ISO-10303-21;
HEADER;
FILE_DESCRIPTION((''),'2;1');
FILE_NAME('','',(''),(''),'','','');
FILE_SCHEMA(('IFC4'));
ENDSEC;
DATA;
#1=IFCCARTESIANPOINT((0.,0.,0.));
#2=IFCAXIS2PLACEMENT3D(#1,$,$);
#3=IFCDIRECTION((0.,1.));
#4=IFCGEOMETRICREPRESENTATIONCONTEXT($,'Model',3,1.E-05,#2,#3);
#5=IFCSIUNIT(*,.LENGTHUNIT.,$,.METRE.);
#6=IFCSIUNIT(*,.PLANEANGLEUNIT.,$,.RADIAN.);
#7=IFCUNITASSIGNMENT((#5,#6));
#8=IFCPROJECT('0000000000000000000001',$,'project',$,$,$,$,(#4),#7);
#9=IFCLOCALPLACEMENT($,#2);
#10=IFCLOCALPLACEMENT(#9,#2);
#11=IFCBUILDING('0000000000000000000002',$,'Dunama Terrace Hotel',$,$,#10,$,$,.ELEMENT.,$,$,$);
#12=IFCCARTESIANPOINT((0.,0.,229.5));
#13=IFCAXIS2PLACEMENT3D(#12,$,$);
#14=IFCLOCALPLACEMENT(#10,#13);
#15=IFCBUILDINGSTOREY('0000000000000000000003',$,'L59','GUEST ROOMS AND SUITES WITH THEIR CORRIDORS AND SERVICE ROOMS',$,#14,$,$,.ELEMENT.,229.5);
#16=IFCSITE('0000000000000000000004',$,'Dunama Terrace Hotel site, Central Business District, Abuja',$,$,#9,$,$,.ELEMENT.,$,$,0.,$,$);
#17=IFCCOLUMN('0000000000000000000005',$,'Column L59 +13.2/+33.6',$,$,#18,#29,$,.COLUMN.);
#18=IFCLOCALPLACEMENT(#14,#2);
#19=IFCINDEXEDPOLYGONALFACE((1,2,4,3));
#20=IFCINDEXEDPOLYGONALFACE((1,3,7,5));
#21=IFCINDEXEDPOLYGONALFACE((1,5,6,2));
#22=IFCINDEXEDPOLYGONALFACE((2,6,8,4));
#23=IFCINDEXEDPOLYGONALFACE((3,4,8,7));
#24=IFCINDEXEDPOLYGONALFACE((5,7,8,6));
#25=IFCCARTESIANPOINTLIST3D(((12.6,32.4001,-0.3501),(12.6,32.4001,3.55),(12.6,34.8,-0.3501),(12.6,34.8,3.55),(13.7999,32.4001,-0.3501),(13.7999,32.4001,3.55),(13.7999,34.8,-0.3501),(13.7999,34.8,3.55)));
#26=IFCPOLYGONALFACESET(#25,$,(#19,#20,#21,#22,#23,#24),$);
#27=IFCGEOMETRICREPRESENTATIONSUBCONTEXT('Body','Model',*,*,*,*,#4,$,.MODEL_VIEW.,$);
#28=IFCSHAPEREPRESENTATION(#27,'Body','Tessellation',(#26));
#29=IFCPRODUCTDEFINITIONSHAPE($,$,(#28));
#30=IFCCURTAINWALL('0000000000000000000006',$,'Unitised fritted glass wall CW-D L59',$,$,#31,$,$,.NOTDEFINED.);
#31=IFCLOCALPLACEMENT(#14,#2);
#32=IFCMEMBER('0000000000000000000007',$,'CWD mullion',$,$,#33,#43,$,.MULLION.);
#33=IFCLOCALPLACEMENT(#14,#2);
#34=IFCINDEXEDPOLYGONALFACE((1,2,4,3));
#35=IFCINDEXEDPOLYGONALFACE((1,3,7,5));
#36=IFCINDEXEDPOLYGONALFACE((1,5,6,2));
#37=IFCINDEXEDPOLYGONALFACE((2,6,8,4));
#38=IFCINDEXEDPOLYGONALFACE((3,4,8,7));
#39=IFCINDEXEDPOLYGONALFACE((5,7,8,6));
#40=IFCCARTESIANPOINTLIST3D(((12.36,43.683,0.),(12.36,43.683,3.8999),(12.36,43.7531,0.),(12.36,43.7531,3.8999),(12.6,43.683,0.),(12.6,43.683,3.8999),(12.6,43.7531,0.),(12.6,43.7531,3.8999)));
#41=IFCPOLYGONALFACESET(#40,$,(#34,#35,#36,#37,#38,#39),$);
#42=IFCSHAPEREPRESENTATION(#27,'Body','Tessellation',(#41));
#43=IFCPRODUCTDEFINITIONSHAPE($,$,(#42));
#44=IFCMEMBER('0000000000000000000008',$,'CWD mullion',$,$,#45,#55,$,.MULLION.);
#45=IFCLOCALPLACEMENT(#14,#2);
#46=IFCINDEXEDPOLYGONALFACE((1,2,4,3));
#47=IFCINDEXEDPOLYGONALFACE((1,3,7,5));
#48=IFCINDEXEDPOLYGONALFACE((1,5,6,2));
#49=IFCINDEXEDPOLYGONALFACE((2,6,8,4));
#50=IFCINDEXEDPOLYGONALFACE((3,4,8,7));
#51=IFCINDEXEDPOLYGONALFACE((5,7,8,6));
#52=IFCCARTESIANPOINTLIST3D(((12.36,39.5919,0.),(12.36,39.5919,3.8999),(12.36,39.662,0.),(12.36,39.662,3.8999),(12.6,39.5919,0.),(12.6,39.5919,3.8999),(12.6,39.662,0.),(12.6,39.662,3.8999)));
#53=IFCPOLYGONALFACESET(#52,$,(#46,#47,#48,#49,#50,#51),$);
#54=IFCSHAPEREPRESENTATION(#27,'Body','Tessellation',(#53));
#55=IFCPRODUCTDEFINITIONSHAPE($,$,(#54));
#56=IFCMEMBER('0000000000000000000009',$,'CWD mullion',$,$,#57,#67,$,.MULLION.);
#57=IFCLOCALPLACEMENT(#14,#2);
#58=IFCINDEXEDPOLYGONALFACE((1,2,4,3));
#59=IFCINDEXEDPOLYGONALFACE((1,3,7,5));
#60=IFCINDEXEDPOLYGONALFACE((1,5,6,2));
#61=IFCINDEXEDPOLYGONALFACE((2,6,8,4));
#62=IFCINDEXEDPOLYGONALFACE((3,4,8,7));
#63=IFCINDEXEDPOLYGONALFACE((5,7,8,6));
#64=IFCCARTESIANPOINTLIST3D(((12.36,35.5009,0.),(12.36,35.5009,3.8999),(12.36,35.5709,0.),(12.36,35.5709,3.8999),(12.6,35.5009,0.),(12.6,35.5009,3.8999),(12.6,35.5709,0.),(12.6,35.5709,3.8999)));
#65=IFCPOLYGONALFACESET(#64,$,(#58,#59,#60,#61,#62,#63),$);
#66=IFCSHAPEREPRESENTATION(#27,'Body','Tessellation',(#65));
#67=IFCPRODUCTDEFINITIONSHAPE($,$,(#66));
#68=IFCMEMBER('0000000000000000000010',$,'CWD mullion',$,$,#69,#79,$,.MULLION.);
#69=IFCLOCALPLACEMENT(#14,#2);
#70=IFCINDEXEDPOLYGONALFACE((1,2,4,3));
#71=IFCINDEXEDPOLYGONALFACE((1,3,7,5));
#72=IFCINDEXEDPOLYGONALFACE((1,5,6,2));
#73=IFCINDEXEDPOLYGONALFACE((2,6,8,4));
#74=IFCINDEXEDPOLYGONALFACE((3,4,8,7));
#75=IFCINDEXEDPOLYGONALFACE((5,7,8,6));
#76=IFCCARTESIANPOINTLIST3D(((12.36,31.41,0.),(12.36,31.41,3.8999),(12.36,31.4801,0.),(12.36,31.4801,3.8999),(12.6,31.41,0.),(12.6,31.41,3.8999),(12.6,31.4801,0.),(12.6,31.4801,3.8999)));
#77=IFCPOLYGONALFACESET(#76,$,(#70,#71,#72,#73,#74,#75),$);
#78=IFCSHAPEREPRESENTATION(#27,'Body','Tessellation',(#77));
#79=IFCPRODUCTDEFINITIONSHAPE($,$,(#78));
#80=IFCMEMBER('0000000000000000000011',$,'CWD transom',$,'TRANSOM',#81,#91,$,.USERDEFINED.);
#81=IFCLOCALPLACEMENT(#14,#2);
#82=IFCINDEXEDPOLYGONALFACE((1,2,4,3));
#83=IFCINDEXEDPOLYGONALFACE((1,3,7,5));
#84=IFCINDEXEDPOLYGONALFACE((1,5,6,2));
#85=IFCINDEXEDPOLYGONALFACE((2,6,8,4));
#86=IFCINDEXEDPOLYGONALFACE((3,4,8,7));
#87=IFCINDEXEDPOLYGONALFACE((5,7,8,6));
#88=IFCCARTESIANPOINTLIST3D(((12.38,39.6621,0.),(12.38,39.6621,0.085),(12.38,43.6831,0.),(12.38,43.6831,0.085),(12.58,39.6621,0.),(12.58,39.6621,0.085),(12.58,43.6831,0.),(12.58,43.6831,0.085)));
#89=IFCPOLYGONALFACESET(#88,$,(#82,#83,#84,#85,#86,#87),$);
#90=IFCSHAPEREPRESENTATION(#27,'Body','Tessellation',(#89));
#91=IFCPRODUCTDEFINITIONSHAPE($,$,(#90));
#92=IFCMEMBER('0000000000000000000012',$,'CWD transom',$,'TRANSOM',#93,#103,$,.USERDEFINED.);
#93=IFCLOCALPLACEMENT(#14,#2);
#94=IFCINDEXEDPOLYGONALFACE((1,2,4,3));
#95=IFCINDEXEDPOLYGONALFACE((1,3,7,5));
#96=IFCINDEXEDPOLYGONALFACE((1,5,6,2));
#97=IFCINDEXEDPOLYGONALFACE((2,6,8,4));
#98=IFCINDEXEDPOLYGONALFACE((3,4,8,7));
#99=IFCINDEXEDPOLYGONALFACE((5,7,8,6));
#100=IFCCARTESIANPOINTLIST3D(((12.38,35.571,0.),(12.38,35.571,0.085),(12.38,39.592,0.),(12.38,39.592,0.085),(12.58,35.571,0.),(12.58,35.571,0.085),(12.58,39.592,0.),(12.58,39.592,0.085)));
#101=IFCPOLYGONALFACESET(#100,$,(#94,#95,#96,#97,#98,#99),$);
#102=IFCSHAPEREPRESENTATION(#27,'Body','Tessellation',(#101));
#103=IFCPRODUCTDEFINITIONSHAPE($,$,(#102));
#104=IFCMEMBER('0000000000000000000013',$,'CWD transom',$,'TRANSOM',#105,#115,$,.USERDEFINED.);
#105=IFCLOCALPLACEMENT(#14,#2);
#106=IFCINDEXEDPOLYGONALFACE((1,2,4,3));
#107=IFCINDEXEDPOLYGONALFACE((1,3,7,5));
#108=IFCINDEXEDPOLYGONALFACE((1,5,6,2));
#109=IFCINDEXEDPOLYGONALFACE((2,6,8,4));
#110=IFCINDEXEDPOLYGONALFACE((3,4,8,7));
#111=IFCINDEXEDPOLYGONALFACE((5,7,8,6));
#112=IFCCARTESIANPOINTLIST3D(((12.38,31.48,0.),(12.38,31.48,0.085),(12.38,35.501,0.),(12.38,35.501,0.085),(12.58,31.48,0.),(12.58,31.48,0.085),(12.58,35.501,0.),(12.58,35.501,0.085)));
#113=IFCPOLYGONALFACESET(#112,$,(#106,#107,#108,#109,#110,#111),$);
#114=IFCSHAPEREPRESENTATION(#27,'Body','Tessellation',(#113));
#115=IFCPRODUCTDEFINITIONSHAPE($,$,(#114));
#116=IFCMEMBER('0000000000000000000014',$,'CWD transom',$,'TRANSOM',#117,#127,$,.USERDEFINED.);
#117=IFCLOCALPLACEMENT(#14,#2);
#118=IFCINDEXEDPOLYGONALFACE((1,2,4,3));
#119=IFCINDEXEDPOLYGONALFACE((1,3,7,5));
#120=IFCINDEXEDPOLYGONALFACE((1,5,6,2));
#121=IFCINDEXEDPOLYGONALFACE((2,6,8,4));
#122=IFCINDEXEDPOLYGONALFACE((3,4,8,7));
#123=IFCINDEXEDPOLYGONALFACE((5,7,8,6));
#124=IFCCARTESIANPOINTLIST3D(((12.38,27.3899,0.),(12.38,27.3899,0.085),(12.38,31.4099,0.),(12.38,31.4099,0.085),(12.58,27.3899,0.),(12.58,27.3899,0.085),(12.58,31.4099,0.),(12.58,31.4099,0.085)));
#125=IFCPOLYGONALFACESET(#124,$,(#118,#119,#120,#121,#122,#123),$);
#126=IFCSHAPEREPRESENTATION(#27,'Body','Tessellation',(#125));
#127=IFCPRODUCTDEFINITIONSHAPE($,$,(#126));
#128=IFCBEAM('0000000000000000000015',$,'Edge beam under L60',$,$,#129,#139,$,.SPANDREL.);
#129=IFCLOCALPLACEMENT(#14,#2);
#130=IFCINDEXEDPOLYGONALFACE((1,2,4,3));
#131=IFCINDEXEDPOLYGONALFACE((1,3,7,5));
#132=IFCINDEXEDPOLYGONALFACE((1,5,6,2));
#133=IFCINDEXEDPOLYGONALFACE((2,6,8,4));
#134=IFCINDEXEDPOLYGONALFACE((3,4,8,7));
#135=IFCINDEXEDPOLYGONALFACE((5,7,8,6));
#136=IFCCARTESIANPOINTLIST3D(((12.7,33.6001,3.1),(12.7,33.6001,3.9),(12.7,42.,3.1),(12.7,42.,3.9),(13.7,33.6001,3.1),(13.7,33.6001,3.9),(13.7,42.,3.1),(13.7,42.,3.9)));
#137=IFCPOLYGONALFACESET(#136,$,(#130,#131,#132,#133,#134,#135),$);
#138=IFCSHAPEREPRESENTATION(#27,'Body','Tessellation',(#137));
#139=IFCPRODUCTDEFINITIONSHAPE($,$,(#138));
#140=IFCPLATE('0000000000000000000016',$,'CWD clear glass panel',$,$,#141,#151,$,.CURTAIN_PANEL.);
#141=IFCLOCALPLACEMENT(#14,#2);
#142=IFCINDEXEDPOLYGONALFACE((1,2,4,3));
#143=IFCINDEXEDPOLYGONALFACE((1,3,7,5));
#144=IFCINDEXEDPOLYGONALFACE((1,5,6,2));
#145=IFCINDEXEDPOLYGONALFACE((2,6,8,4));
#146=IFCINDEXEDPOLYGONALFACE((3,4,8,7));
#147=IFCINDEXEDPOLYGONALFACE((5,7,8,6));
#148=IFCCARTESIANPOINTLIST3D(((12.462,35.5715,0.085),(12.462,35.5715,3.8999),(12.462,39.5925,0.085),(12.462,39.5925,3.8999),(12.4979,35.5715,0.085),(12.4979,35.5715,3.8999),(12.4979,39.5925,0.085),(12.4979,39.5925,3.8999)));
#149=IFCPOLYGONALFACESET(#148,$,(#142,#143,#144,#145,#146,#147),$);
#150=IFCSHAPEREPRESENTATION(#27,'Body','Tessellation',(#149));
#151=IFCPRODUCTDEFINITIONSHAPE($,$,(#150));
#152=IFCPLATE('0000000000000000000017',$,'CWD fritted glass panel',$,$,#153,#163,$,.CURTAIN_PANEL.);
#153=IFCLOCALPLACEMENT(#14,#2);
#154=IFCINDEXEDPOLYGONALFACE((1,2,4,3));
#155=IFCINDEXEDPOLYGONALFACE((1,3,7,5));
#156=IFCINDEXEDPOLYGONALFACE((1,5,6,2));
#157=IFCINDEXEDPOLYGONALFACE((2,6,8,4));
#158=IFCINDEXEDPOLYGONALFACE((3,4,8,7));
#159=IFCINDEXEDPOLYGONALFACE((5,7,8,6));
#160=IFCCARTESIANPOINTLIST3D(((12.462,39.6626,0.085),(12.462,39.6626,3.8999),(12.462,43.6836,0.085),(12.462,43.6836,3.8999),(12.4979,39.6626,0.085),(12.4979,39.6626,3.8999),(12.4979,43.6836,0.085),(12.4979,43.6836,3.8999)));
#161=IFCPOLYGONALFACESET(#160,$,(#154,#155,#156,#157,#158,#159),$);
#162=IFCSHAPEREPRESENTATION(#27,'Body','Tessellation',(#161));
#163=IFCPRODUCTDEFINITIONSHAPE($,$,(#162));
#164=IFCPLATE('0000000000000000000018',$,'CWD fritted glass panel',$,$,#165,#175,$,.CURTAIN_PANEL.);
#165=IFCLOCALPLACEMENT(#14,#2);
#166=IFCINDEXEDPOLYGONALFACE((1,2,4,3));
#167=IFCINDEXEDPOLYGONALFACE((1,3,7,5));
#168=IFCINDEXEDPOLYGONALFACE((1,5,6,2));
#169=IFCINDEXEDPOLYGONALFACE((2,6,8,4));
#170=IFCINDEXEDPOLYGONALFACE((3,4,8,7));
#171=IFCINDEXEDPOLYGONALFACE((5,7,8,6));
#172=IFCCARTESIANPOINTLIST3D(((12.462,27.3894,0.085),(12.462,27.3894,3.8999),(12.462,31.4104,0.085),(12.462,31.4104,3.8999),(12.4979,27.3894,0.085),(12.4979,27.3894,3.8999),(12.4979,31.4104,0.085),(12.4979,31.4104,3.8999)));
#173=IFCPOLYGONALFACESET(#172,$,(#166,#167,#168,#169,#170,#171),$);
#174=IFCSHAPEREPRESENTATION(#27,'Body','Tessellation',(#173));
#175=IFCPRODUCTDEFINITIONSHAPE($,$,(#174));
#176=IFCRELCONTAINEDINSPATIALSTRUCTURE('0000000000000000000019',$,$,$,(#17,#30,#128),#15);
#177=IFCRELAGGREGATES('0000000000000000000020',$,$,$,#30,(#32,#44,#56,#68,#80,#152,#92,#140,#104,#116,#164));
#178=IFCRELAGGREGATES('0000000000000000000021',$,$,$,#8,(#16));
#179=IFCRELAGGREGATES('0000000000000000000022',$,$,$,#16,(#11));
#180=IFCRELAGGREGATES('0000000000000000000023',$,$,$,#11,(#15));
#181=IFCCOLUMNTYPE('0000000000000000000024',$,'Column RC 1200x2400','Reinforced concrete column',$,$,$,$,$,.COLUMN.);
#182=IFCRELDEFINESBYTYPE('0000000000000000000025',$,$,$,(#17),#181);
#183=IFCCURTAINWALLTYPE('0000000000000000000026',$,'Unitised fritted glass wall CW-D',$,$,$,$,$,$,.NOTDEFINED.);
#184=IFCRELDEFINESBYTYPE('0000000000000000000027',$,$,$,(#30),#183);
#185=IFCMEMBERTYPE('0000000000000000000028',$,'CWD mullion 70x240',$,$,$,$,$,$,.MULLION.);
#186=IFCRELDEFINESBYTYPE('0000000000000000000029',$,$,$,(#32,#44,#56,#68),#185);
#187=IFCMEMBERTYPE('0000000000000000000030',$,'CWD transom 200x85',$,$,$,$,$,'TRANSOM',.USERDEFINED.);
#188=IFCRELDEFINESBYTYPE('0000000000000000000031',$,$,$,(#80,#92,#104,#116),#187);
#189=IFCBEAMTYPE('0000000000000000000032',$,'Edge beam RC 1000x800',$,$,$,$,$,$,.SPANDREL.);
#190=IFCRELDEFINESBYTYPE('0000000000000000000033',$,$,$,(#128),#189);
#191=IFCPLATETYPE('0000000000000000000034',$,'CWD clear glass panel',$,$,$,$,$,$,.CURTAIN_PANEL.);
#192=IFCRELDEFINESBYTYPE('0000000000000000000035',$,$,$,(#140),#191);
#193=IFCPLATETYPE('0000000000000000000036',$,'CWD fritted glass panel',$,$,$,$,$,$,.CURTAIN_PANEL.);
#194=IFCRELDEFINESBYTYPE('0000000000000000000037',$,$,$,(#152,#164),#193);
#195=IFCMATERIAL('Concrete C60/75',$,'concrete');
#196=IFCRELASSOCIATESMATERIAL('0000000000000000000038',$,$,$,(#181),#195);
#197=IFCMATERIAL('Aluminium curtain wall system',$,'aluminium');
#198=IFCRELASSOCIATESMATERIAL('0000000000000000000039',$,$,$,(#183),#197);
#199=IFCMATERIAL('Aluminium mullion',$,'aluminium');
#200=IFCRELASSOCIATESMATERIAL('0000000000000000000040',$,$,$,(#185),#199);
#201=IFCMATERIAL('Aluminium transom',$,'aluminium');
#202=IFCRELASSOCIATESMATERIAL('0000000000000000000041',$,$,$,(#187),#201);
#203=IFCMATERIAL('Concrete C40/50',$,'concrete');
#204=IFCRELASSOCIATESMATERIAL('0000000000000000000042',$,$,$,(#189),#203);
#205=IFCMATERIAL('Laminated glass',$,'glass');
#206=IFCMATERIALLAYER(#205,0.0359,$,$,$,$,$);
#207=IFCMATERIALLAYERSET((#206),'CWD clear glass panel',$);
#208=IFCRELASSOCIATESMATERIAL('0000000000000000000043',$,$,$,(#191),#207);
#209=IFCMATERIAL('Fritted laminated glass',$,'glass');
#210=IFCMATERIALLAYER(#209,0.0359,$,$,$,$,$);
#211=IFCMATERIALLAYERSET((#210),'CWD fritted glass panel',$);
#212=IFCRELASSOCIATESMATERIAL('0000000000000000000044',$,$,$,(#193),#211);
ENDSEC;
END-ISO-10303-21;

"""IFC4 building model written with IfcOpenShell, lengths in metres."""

from ifc_helpers import new_model, si_unit, direction, frame, origin, origin_2d, place, context, subcontext, project, spatial, rectangle, extrude, material, layer, layer_set, material_profile, profile_set, type_object, element, aggregate, save


model = new_model("IFC4")

# Units and contexts
model_context = context("Model", 3, precision=1e-05, world=origin(), true_north=direction((0.0, 1.0)))
body_context = subcontext(model_context, "Body", "Model", "MODEL_VIEW")
ifc_project = project(units=[si_unit("LENGTHUNIT", "METRE"), si_unit("PLANEANGLEUNIT", "RADIAN")], contexts=[model_context])

# Site, building, storey
site_placement = place(None, origin())
site = spatial("IfcSite", under=ifc_project, at=site_placement, Name="Dunama Terrace Hotel site, Central Business District, Abuja", CompositionType="ELEMENT", RefElevation=0.0)
building_placement = place(site_placement, origin())
building = spatial("IfcBuilding", under=site, at=building_placement, Name="Dunama Terrace Hotel", CompositionType="ELEMENT")
storey_placement = place(building_placement, frame((0.0, 0.0, 229.5)))
storey = spatial("IfcBuildingStorey", under=building, at=storey_placement, Name="L59", Description="GUEST ROOMS AND SUITES WITH THEIR CORRIDORS AND SERVICE ROOMS", CompositionType="ELEMENT", Elevation=229.5)

# Column
ifc_material_1 = material(Name="Concrete C60/75", Category="concrete")
ifc_material_profile_1 = material_profile(ifc_material_1, rectangle(XDim=1.2, YDim=2.3999, at=origin_2d()), Name="RC 1200x2400")
ifc_profile_set_1 = profile_set([ifc_material_profile_1], Name="Concrete C60/75")
column_type = type_object("IfcColumnType", Name="Column RC 1200x2400", Description="Reinforced concrete column", PredefinedType="COLUMN", material=ifc_profile_set_1)
column_placement = place(storey_placement, frame((13.2, 33.6001, -0.3501), z_axis=(0.0, 0.0, 1.0), x_axis=(1.0, 0.0, 0.0)))
element("IfcColumn", 1, at=column_placement, inside=storey, type_object=column_type, Name="Column L59 +13.2/+33.6", PredefinedType="COLUMN", context=body_context, shape_type="SweptSolid", body=[
    extrude(rectangle(XDim=1.2, YDim=2.3999, at=origin_2d()), origin(), (0.0, 0.0, 1.0), 3.9001),
])

# Curtain wall, members
ifc_material_2 = material(Name="Aluminium curtain wall system", Category="aluminium")
curtain_wall_type = type_object("IfcCurtainWallType", Name="Unitised fritted glass wall CW-D", PredefinedType="NOTDEFINED", material=ifc_material_2)
curtain_wall_placement = place(storey_placement, origin())
curtain_wall = element("IfcCurtainWall", 2, at=curtain_wall_placement, inside=storey, type_object=curtain_wall_type, Name="Unitised fritted glass wall CW-D L59", PredefinedType="NOTDEFINED")
ifc_material_3 = material(Name="Aluminium mullion", Category="aluminium")
ifc_material_profile_2 = material_profile(ifc_material_3, rectangle(XDim=0.0701, YDim=0.24, at=origin_2d()), Name="CWD MULLION 70X240")
ifc_profile_set_2 = profile_set([ifc_material_profile_2], Name="Aluminium mullion")
member_type_1 = type_object("IfcMemberType", Name="CWD mullion 70x240", PredefinedType="MULLION", material=ifc_profile_set_2)
member_1_placement = place(storey_placement, frame((12.48, 43.718, 0.0), z_axis=(0.0, 0.0, 1.0), x_axis=(0.0, -1.0, 0.0)))
member_1 = element("IfcMember", 3, at=member_1_placement, type_object=member_type_1, Name="CWD mullion", PredefinedType="MULLION", context=body_context, shape_type="SweptSolid", body=[
    extrude(rectangle(XDim=0.0701, YDim=0.24, at=origin_2d()), origin(), (0.0, 0.0, 1.0), 3.8999),
])
member_2_placement = place(storey_placement, frame((12.48, 39.627, 0.0), z_axis=(0.0, 0.0, 1.0), x_axis=(0.0, -1.0, 0.0)))
member_2 = element("IfcMember", 4, at=member_2_placement, type_object=member_type_1, Name="CWD mullion", PredefinedType="MULLION", context=body_context, shape_type="SweptSolid", body=[
    extrude(rectangle(XDim=0.0701, YDim=0.24, at=origin_2d()), origin(), (0.0, 0.0, 1.0), 3.8999),
])
member_3_placement = place(storey_placement, frame((12.48, 35.5359, 0.0), z_axis=(0.0, 0.0, 1.0), x_axis=(0.0, -1.0, 0.0)))
member_3 = element("IfcMember", 5, at=member_3_placement, type_object=member_type_1, Name="CWD mullion", PredefinedType="MULLION", context=body_context, shape_type="SweptSolid", body=[
    extrude(rectangle(XDim=0.0701, YDim=0.24, at=origin_2d()), origin(), (0.0, 0.0, 1.0), 3.8999),
])
member_4_placement = place(storey_placement, frame((12.48, 31.4451, 0.0), z_axis=(0.0, 0.0, 1.0), x_axis=(0.0, -1.0, 0.0)))
member_4 = element("IfcMember", 6, at=member_4_placement, type_object=member_type_1, Name="CWD mullion", PredefinedType="MULLION", context=body_context, shape_type="SweptSolid", body=[
    extrude(rectangle(XDim=0.0701, YDim=0.24, at=origin_2d()), origin(), (0.0, 0.0, 1.0), 3.8999),
])
ifc_material_4 = material(Name="Aluminium transom", Category="aluminium")
ifc_material_profile_3 = material_profile(ifc_material_4, rectangle(XDim=0.2, YDim=0.085, at=origin_2d()), Name="CWD TRANSOM 200X85")
ifc_profile_set_3 = profile_set([ifc_material_profile_3], Name="Aluminium transom")
member_type_2 = type_object("IfcMemberType", Name="CWD transom 200x85", ElementType="TRANSOM", PredefinedType="USERDEFINED", material=ifc_profile_set_3)
member_5_placement = place(storey_placement, frame((12.48, 43.6831, 0.0425), z_axis=(0.0, -1.0, 0.0), x_axis=(1.0, 0.0, 0.0)))
member_5 = element("IfcMember", 7, at=member_5_placement, type_object=member_type_2, Name="CWD transom", ObjectType="TRANSOM", PredefinedType="USERDEFINED", context=body_context, shape_type="SweptSolid", body=[
    extrude(rectangle(XDim=0.2, YDim=0.085, at=origin_2d()), origin(), (0.0, 0.0, 1.0), 4.021),
])
member_6_placement = place(storey_placement, frame((12.48, 39.592, 0.0425), z_axis=(0.0, -1.0, 0.0), x_axis=(1.0, 0.0, 0.0)))
member_6 = element("IfcMember", 8, at=member_6_placement, type_object=member_type_2, Name="CWD transom", ObjectType="TRANSOM", PredefinedType="USERDEFINED", context=body_context, shape_type="SweptSolid", body=[
    extrude(rectangle(XDim=0.2, YDim=0.085, at=origin_2d()), origin(), (0.0, 0.0, 1.0), 4.021),
])
member_7_placement = place(storey_placement, frame((12.48, 35.501, 0.0425), z_axis=(0.0, -1.0, 0.0), x_axis=(1.0, 0.0, 0.0)))
member_7 = element("IfcMember", 9, at=member_7_placement, type_object=member_type_2, Name="CWD transom", ObjectType="TRANSOM", PredefinedType="USERDEFINED", context=body_context, shape_type="SweptSolid", body=[
    extrude(rectangle(XDim=0.2, YDim=0.085, at=origin_2d()), origin(), (0.0, 0.0, 1.0), 4.021),
])
member_8_placement = place(storey_placement, frame((12.48, 31.4099, 0.0425), z_axis=(0.0, -1.0, 0.0), x_axis=(1.0, 0.0, 0.0)))
member_8 = element("IfcMember", 10, at=member_8_placement, type_object=member_type_2, Name="CWD transom", ObjectType="TRANSOM", PredefinedType="USERDEFINED", context=body_context, shape_type="SweptSolid", body=[
    extrude(rectangle(XDim=0.2, YDim=0.085, at=origin_2d()), origin(), (0.0, 0.0, 1.0), 4.02),
])

# Beam
ifc_material_5 = material(Name="Concrete C40/50", Category="concrete")
ifc_material_profile_4 = material_profile(ifc_material_5, rectangle(XDim=1.0, YDim=0.8, at=origin_2d()), Name="RC 1000x800")
ifc_profile_set_4 = profile_set([ifc_material_profile_4], Name="Concrete C40/50")
beam_type = type_object("IfcBeamType", Name="Edge beam RC 1000x800", PredefinedType="SPANDREL", material=ifc_profile_set_4)
beam_placement = place(storey_placement, frame((13.2, 33.6001, 3.5), z_axis=(0.0, 1.0, 0.0), x_axis=(-1.0, 0.0, 0.0)))
element("IfcBeam", 11, at=beam_placement, inside=storey, type_object=beam_type, Name="Edge beam under L60", PredefinedType="SPANDREL", context=body_context, shape_type="SweptSolid", body=[
    extrude(rectangle(XDim=1.0, YDim=0.8, at=origin_2d()), origin(), (0.0, 0.0, 1.0), 8.3999),
])

# Plates
ifc_material_6 = material(Name="Laminated glass", Category="glass")
ifc_layer_1 = layer(ifc_material_6, 0.0359)
ifc_layer_set_1 = layer_set([ifc_layer_1], Name="CWD clear glass panel")
plate_type_1 = type_object("IfcPlateType", Name="CWD clear glass panel", PredefinedType="CURTAIN_PANEL", material=ifc_layer_set_1)
plate_1_placement = place(storey_placement, frame((12.48, 37.582, 0.085), z_axis=(0.0, 0.0, 1.0), x_axis=(0.0, -1.0, 0.0)))
plate_1 = element("IfcPlate", 12, at=plate_1_placement, type_object=plate_type_1, Name="CWD clear glass panel", PredefinedType="CURTAIN_PANEL", context=body_context, shape_type="SweptSolid", body=[
    extrude(rectangle(XDim=4.021, YDim=0.0359, at=origin_2d()), origin(), (0.0, 0.0, 1.0), 3.8149),
])
ifc_material_7 = material(Name="Fritted laminated glass", Category="glass")
ifc_layer_2 = layer(ifc_material_7, 0.0359)
ifc_layer_set_2 = layer_set([ifc_layer_2], Name="CWD fritted glass panel")
plate_type_2 = type_object("IfcPlateType", Name="CWD fritted glass panel", PredefinedType="CURTAIN_PANEL", material=ifc_layer_set_2)
plate_2_placement = place(storey_placement, frame((12.48, 41.6731, 0.085), z_axis=(0.0, 0.0, 1.0), x_axis=(0.0, -1.0, 0.0)))
plate_2 = element("IfcPlate", 13, at=plate_2_placement, type_object=plate_type_2, Name="CWD fritted glass panel", PredefinedType="CURTAIN_PANEL", context=body_context, shape_type="SweptSolid", body=[
    extrude(rectangle(XDim=4.021, YDim=0.0359, at=origin_2d()), origin(), (0.0, 0.0, 1.0), 3.8149),
])
plate_3_placement = place(storey_placement, frame((12.48, 29.3999, 0.085), z_axis=(0.0, 0.0, 1.0), x_axis=(0.0, -1.0, 0.0)))
plate_3 = element("IfcPlate", 14, at=plate_3_placement, type_object=plate_type_2, Name="CWD fritted glass panel", PredefinedType="CURTAIN_PANEL", context=body_context, shape_type="SweptSolid", body=[
    extrude(rectangle(XDim=4.021, YDim=0.0359, at=origin_2d()), origin(), (0.0, 0.0, 1.0), 3.8149),
])
aggregate(curtain_wall, [member_1, member_2, member_3, member_4, member_5, plate_2, member_6, plate_1, member_7, member_8, plate_3])

save(model, "model.ifc")
